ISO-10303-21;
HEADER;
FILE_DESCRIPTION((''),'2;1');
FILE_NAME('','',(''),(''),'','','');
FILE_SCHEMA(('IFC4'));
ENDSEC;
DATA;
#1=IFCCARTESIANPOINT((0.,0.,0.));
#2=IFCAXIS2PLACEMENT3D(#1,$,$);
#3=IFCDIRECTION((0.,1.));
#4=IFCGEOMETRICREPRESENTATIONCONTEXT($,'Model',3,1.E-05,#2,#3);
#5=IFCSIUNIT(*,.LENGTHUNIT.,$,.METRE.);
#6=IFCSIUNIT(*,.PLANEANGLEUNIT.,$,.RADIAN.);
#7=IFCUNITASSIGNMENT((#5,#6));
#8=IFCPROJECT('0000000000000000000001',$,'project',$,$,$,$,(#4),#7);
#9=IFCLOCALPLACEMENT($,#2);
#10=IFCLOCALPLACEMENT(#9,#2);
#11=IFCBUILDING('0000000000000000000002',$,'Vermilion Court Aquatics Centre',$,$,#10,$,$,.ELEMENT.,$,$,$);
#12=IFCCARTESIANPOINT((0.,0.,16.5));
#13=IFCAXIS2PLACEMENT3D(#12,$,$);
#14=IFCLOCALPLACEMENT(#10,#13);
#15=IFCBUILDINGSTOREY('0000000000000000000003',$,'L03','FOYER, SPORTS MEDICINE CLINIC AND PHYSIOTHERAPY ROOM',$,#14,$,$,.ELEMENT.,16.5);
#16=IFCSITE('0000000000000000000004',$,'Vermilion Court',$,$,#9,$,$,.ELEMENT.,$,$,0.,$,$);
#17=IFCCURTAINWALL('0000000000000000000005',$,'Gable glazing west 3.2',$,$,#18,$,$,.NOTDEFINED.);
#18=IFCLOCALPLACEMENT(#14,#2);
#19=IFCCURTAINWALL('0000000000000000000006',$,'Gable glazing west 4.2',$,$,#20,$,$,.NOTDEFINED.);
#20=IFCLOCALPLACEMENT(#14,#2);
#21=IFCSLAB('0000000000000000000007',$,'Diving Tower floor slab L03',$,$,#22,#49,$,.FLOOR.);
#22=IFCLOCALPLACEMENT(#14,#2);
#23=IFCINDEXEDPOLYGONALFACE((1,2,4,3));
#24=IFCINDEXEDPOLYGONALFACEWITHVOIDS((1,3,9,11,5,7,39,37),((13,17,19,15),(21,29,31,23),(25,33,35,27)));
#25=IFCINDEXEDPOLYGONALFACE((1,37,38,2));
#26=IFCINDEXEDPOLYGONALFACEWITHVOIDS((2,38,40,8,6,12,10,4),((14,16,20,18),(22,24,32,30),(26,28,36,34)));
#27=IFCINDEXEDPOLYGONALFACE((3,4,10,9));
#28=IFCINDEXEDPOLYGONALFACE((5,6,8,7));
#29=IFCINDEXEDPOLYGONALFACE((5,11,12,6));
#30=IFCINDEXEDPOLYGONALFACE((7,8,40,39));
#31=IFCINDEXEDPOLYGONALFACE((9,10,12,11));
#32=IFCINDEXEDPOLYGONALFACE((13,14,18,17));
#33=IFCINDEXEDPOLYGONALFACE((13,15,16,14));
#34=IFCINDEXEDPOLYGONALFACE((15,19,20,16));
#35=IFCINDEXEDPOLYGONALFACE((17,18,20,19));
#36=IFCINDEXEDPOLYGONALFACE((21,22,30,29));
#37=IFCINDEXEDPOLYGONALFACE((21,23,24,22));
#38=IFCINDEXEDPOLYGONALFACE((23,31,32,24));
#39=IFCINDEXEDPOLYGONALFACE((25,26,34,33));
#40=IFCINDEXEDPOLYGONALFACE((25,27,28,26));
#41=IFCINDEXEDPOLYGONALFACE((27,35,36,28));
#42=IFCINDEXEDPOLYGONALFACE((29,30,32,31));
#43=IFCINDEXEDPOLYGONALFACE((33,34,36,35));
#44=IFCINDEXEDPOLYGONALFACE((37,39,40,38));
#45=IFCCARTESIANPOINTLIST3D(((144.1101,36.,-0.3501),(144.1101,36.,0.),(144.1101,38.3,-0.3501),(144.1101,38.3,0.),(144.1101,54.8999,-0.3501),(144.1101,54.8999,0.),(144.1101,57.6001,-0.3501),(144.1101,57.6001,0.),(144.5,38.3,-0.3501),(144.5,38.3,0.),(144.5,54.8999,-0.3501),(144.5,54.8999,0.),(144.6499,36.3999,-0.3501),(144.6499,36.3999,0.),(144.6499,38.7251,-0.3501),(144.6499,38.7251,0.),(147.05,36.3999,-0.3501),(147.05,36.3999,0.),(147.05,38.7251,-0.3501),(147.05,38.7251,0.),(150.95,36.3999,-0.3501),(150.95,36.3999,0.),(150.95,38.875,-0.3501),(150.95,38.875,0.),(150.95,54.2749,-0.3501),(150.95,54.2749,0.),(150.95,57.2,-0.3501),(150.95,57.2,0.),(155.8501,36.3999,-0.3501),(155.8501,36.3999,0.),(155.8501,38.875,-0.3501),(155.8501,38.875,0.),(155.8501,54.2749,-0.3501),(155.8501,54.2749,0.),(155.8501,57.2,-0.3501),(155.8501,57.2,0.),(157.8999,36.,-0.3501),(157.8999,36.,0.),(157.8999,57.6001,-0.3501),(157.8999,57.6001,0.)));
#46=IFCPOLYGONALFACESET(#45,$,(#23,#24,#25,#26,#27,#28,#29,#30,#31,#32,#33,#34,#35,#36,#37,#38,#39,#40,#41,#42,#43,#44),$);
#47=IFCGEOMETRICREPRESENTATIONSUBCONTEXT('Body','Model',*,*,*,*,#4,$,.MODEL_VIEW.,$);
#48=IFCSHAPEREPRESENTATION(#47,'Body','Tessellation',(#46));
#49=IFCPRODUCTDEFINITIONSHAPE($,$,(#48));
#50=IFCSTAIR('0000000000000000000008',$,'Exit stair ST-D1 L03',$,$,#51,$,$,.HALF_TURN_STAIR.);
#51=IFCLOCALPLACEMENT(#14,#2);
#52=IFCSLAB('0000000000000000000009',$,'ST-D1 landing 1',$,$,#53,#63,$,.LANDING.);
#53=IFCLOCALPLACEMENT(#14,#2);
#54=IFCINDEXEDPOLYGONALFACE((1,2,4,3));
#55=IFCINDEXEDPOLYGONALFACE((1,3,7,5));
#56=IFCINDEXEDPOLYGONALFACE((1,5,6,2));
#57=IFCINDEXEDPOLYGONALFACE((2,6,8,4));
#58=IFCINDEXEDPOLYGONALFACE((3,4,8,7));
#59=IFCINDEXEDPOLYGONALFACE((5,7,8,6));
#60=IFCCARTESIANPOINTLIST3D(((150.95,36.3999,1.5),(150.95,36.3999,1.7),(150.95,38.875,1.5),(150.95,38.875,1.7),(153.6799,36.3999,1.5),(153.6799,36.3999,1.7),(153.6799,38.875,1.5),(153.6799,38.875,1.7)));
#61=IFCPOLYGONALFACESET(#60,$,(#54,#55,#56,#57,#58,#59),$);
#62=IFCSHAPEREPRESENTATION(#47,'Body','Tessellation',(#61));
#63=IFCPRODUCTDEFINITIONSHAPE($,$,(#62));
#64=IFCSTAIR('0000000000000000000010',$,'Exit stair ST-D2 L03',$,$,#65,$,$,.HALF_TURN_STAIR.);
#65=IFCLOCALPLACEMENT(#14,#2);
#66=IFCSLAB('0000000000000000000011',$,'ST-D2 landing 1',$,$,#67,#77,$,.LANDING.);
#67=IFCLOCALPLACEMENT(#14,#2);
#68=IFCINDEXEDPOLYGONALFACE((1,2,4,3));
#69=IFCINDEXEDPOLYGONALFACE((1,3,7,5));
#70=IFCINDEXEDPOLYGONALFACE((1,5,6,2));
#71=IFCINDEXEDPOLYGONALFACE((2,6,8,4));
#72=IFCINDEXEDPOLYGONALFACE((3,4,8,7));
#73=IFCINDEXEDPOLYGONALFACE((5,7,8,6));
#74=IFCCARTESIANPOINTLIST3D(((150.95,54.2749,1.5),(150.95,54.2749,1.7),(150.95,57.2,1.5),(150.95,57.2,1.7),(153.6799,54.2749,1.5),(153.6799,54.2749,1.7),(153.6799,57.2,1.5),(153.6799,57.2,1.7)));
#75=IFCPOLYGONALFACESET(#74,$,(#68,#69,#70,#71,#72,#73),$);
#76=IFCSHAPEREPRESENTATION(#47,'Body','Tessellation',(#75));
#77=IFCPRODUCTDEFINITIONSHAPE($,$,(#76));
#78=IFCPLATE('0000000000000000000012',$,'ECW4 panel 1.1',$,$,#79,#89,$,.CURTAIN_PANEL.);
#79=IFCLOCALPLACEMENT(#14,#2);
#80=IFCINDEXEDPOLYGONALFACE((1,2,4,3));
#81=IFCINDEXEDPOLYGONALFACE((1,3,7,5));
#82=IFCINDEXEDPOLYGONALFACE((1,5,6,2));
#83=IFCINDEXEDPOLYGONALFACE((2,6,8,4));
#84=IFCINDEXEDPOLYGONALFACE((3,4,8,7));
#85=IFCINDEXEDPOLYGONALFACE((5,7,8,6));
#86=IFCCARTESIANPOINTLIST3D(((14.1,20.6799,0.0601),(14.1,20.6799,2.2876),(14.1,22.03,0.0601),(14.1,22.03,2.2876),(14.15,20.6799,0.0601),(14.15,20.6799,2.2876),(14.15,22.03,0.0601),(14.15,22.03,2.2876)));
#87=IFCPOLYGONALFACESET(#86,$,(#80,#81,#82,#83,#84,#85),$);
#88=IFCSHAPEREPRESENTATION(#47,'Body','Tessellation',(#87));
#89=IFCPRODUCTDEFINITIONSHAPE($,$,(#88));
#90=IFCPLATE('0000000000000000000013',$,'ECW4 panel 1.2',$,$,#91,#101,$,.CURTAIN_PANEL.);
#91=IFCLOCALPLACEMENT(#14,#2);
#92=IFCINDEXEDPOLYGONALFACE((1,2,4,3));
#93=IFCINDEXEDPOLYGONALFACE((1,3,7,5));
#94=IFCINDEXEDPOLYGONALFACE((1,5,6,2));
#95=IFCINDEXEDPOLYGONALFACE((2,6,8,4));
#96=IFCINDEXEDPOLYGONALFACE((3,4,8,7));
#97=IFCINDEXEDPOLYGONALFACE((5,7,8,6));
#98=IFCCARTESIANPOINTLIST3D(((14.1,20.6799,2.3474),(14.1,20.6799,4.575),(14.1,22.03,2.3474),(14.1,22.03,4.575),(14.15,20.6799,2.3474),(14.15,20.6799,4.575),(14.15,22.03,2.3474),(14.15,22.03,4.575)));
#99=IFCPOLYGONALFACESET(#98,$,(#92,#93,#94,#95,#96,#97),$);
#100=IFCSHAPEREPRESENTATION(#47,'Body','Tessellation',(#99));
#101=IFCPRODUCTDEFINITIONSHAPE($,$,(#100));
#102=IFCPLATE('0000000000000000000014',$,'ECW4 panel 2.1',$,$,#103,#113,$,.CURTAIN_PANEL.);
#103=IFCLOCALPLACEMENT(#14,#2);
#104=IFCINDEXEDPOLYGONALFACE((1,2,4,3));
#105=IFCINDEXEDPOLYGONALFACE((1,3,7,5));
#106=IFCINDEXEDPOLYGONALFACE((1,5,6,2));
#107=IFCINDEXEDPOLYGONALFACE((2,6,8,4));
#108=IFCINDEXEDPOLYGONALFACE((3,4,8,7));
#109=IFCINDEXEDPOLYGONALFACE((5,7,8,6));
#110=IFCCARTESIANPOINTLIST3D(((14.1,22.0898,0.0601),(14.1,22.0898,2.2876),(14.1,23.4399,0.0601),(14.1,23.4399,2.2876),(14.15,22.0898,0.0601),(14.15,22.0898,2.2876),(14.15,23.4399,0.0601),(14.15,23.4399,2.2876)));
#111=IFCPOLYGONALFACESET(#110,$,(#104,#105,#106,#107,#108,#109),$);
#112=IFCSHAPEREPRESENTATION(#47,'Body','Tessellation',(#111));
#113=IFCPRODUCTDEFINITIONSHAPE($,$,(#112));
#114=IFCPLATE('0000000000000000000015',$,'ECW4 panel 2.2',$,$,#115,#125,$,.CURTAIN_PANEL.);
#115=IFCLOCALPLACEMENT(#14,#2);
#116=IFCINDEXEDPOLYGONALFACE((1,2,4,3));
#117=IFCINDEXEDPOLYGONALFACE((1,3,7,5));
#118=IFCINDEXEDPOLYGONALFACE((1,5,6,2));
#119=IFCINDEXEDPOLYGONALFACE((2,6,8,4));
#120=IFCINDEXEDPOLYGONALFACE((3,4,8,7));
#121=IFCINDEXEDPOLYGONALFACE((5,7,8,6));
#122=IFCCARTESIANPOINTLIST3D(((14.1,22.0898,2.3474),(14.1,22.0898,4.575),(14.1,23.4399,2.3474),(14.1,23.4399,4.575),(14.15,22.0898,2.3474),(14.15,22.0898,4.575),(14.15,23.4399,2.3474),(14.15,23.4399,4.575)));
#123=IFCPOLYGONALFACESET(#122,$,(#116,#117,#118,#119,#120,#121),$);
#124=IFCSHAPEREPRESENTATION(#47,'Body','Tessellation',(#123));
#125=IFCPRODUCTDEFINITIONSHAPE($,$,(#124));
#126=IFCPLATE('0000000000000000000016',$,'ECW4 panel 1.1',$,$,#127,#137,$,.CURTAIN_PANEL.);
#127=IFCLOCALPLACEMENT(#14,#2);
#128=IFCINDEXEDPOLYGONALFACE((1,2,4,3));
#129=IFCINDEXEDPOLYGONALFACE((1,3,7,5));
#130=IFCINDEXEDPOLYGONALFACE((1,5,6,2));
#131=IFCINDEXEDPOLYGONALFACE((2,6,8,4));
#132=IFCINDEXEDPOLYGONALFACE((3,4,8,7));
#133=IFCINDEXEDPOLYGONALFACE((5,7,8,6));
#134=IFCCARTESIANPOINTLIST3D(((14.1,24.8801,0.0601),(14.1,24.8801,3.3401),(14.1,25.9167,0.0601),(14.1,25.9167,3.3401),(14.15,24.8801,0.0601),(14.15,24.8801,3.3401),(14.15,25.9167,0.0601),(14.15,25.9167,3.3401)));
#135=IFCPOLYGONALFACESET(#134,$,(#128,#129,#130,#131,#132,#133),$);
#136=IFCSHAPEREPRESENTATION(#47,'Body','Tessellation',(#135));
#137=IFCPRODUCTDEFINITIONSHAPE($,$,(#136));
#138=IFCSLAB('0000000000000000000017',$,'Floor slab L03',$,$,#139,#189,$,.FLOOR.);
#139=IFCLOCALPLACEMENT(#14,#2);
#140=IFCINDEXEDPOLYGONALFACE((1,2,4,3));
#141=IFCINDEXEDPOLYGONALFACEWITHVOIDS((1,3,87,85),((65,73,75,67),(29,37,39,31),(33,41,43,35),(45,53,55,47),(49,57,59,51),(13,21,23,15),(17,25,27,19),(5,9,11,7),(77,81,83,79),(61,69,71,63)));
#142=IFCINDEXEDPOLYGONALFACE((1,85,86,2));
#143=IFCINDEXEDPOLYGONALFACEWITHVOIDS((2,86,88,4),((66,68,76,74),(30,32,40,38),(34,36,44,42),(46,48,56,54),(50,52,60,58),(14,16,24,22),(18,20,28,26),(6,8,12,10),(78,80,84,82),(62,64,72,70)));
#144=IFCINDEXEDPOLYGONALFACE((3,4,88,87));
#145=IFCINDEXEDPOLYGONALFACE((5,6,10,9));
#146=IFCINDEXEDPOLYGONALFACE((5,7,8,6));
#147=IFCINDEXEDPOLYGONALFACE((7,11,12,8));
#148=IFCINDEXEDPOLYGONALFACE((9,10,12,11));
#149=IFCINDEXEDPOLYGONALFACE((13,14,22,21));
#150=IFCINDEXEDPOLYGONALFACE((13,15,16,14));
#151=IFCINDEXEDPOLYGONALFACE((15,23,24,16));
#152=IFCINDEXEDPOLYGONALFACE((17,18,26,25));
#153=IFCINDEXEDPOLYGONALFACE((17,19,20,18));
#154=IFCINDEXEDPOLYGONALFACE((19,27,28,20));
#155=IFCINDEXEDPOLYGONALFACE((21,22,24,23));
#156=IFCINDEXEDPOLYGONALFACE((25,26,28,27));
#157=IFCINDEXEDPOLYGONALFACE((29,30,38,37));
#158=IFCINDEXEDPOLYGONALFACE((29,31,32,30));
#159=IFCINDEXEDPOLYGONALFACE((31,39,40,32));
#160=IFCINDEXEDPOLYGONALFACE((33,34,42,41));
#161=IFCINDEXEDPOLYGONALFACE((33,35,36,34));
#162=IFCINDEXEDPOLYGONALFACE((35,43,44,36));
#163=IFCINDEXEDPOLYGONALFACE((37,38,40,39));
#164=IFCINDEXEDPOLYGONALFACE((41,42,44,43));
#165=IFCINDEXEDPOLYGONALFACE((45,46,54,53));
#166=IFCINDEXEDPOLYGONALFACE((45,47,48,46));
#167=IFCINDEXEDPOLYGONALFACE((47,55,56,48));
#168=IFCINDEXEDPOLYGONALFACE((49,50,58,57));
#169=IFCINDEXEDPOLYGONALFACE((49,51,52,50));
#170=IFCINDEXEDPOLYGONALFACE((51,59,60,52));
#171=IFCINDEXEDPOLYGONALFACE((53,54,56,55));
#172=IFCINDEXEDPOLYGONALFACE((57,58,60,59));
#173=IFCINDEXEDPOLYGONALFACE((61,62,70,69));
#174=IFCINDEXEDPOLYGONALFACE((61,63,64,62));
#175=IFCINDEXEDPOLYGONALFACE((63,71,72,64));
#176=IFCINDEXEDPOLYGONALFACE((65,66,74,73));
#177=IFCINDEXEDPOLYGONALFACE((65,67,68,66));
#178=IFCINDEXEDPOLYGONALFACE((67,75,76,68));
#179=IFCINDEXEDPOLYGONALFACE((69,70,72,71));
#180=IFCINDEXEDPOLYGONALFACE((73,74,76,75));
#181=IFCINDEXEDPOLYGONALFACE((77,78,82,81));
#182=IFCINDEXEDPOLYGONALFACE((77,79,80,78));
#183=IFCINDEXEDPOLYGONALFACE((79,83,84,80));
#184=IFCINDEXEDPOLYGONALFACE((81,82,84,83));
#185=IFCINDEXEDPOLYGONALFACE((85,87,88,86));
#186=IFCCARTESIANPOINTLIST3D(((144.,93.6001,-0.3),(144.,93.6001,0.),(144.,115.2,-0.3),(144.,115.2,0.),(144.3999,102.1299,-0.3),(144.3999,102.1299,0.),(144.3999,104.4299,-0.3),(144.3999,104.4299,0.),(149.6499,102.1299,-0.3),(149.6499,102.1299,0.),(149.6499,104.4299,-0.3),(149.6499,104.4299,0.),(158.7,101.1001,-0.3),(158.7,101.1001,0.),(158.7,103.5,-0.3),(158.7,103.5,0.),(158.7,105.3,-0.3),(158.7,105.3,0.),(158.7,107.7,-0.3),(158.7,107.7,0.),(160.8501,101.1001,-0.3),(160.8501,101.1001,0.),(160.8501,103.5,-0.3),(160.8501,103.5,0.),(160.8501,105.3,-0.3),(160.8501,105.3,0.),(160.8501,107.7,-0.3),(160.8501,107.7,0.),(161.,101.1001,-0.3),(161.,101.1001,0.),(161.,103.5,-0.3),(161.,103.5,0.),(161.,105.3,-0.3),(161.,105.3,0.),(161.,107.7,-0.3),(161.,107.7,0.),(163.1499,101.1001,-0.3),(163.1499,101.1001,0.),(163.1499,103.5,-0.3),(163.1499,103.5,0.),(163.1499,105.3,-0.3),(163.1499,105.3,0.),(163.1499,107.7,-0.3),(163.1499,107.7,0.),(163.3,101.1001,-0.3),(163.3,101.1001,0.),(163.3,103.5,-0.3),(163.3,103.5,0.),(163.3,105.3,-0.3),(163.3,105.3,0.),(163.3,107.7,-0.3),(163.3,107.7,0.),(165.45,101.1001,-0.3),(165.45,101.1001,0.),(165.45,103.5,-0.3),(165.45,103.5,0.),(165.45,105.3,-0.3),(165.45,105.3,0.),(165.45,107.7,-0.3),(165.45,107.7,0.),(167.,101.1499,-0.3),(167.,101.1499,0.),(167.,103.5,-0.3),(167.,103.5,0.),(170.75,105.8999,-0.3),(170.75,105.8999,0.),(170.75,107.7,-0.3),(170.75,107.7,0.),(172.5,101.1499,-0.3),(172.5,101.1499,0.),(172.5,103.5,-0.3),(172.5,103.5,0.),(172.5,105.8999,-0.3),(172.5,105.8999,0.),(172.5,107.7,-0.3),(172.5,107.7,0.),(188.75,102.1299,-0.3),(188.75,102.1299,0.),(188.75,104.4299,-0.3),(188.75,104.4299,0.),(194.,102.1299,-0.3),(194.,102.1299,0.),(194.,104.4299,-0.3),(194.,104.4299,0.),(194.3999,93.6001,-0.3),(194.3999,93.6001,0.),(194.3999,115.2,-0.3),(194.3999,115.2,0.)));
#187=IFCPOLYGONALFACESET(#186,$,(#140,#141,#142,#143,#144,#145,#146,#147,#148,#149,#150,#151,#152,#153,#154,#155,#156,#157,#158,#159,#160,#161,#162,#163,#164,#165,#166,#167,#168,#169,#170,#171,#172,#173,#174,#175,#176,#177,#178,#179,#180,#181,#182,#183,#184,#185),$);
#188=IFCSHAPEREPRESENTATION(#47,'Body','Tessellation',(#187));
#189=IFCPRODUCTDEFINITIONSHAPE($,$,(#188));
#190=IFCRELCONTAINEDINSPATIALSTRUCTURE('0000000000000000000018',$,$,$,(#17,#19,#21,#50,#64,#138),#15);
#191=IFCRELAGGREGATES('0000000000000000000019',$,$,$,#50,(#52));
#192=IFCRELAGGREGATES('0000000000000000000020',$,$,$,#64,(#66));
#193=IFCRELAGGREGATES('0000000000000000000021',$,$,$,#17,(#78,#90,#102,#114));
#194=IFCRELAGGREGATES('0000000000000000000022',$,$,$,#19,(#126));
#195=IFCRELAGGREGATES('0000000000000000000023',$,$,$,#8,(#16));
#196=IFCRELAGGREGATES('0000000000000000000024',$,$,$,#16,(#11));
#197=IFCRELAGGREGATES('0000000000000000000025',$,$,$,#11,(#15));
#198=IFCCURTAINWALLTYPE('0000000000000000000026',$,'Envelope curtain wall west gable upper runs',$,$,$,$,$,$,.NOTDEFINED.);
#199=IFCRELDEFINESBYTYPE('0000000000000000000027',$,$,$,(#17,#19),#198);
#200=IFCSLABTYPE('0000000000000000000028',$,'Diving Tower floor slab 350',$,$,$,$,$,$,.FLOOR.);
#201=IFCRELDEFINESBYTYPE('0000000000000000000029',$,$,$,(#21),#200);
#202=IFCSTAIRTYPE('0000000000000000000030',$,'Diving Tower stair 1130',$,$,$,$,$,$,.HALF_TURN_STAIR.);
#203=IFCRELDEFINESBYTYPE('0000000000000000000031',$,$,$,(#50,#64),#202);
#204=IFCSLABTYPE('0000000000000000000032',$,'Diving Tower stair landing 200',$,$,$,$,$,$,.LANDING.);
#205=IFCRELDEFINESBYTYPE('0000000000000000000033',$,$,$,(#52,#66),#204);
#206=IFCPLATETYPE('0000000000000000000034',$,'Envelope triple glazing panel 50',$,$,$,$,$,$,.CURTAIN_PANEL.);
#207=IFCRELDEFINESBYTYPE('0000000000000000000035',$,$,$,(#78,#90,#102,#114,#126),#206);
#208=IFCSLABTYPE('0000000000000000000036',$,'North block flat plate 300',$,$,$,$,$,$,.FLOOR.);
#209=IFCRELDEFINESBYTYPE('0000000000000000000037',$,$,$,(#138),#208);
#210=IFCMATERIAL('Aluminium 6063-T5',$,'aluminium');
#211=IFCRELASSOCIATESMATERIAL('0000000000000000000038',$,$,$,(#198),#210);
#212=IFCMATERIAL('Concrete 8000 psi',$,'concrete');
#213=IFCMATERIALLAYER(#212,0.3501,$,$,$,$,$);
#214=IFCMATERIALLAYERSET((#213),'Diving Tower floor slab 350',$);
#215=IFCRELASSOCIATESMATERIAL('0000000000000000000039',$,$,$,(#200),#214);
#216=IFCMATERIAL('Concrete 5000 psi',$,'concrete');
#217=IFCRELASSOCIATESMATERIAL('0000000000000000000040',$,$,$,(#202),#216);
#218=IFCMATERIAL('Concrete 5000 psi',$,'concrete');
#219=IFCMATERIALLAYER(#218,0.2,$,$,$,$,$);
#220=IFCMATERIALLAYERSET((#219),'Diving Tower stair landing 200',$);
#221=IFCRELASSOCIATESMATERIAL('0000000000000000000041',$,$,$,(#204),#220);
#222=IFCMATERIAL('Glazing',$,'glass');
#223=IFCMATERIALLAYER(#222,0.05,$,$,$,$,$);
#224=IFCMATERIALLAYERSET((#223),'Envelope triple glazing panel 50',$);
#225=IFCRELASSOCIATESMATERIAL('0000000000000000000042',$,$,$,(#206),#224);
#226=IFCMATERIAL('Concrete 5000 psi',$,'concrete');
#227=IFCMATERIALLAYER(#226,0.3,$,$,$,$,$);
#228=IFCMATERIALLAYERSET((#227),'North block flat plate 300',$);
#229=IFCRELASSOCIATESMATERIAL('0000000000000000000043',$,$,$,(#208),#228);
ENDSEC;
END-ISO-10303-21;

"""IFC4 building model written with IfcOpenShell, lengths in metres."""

from ifc_helpers import new_model, si_unit, direction, frame, origin, origin_2d, place, context, subcontext, project, spatial, polyline, rectangle, outline, extrude, material, layer, layer_set, type_object, element, aggregate, save


model = new_model("IFC4")

# Units and contexts
model_context = context("Model", 3, precision=1e-05, world=origin(), true_north=direction((0.0, 1.0)))
body_context = subcontext(model_context, "Body", "Model", "MODEL_VIEW")
ifc_project = project(units=[si_unit("LENGTHUNIT", "METRE"), si_unit("PLANEANGLEUNIT", "RADIAN")], contexts=[model_context])

# Site, building, storey
site_placement = place(None, origin())
site = spatial("IfcSite", under=ifc_project, at=site_placement, Name="Vermilion Court", CompositionType="ELEMENT", RefElevation=0.0)
building_placement = place(site_placement, origin())
building = spatial("IfcBuilding", under=site, at=building_placement, Name="Vermilion Court Aquatics Centre", CompositionType="ELEMENT")
storey_placement = place(building_placement, frame((0.0, 0.0, 16.5)))
storey = spatial("IfcBuildingStorey", under=building, at=storey_placement, Name="L03", Description="FOYER, SPORTS MEDICINE CLINIC AND PHYSIOTHERAPY ROOM", CompositionType="ELEMENT", Elevation=16.5)

# Curtain walls
ifc_material_1 = material(Name="Aluminium 6063-T5", Category="aluminium")
curtain_wall_type = type_object("IfcCurtainWallType", Name="Envelope curtain wall west gable upper runs", PredefinedType="NOTDEFINED", material=ifc_material_1)
curtain_wall_1_placement = place(storey_placement, origin())
curtain_wall_1 = element("IfcCurtainWall", 1, at=curtain_wall_1_placement, inside=storey, type_object=curtain_wall_type, Name="Gable glazing west 3.2", PredefinedType="NOTDEFINED")
curtain_wall_2_placement = place(storey_placement, origin())
curtain_wall_2 = element("IfcCurtainWall", 2, at=curtain_wall_2_placement, inside=storey, type_object=curtain_wall_type, Name="Gable glazing west 4.2", PredefinedType="NOTDEFINED")

# Slab
ifc_material_2 = material(Name="Concrete 8000 psi", Category="concrete")
ifc_layer_1 = layer(ifc_material_2, 0.3501)
ifc_layer_set_1 = layer_set([ifc_layer_1], Name="Diving Tower floor slab 350")
slab_type_1 = type_object("IfcSlabType", Name="Diving Tower floor slab 350", PredefinedType="FLOOR", material=ifc_layer_set_1)
slab_1_placement = place(storey_placement, frame((0.0, 0.0, -0.3501)))
element("IfcSlab", 3, at=slab_1_placement, inside=storey, type_object=slab_type_1, Name="Diving Tower floor slab L03", PredefinedType="FLOOR", context=body_context, shape_type="SweptSolid", body=[
    extrude(outline(polyline([(144.1101, 36.0), (157.8999, 36.0), (157.8999, 57.6001), (144.1101, 57.6001), (144.1101, 54.8999), (144.5, 54.8999), (144.5, 38.3), (144.1101, 38.3), (144.1101, 36.0)]), holes=[polyline([(144.6499, 36.3999), (147.05, 36.3999), (147.05, 38.7251), (144.6499, 38.7251), (144.6499, 36.3999)]), polyline([(150.95, 36.3999), (155.8501, 36.3999), (155.8501, 38.875), (150.95, 38.875), (150.95, 36.3999)]), polyline([(150.95, 54.2749), (155.8501, 54.2749), (155.8501, 57.2), (150.95, 57.2), (150.95, 54.2749)])]), origin(), (0.0, 0.0, 1.0), 0.3501),
])

# Stairs, slabs
ifc_material_3 = material(Name="Concrete 5000 psi", Category="concrete")
stair_type_1 = type_object("IfcStairType", Name="Diving Tower stair 1130", PredefinedType="HALF_TURN_STAIR", material=ifc_material_3)
stair_1_placement = place(storey_placement, origin())
stair_1 = element("IfcStair", 4, at=stair_1_placement, inside=storey, type_object=stair_type_1, Name="Exit stair ST-D1 L03", PredefinedType="HALF_TURN_STAIR")
ifc_material_4 = material(Name="Concrete 5000 psi", Category="concrete")
ifc_layer_2 = layer(ifc_material_4, 0.2)
ifc_layer_set_2 = layer_set([ifc_layer_2], Name="Diving Tower stair landing 200")
slab_type_2 = type_object("IfcSlabType", Name="Diving Tower stair landing 200", PredefinedType="LANDING", material=ifc_layer_set_2)
slab_2_placement = place(storey_placement, frame((0.0, 0.0, 1.5)))
slab_2 = element("IfcSlab", 5, at=slab_2_placement, type_object=slab_type_2, Name="ST-D1 landing 1", PredefinedType="LANDING", context=body_context, shape_type="SweptSolid", body=[
    extrude(outline(polyline([(150.95, 36.3999), (153.6799, 36.3999), (153.6799, 38.875), (150.95, 38.875), (150.95, 36.3999)])), origin(), (0.0, 0.0, 1.0), 0.2),
])
aggregate(stair_1, [slab_2])
stair_2_placement = place(storey_placement, origin())
stair_2 = element("IfcStair", 6, at=stair_2_placement, inside=storey, type_object=stair_type_1, Name="Exit stair ST-D2 L03", PredefinedType="HALF_TURN_STAIR")
slab_3_placement = place(storey_placement, frame((0.0, 0.0, 1.5)))
slab_3 = element("IfcSlab", 7, at=slab_3_placement, type_object=slab_type_2, Name="ST-D2 landing 1", PredefinedType="LANDING", context=body_context, shape_type="SweptSolid", body=[
    extrude(outline(polyline([(150.95, 54.2749), (153.6799, 54.2749), (153.6799, 57.2), (150.95, 57.2), (150.95, 54.2749)])), origin(), (0.0, 0.0, 1.0), 0.2),
])
aggregate(stair_2, [slab_3])

# Plates
ifc_material_5 = material(Name="Glazing", Category="glass")
ifc_layer_3 = layer(ifc_material_5, 0.05)
ifc_layer_set_3 = layer_set([ifc_layer_3], Name="Envelope triple glazing panel 50")
plate_type = type_object("IfcPlateType", Name="Envelope triple glazing panel 50", PredefinedType="CURTAIN_PANEL", material=ifc_layer_set_3)
plate_1_placement = place(storey_placement, frame((14.125, 21.355, 0.0601), z_axis=(0.0, 0.0, 1.0), x_axis=(0.0, 1.0, 0.0)))
plate_1 = element("IfcPlate", 8, at=plate_1_placement, type_object=plate_type, Name="ECW4 panel 1.1", PredefinedType="CURTAIN_PANEL", context=body_context, shape_type="SweptSolid", body=[
    extrude(rectangle(XDim=1.3501, YDim=0.05, at=origin_2d()), origin(), (0.0, 0.0, 1.0), 2.2275),
])
plate_2_placement = place(storey_placement, frame((14.125, 21.355, 2.3474), z_axis=(0.0, 0.0, 1.0), x_axis=(0.0, 1.0, 0.0)))
plate_2 = element("IfcPlate", 9, at=plate_2_placement, type_object=plate_type, Name="ECW4 panel 1.2", PredefinedType="CURTAIN_PANEL", context=body_context, shape_type="SweptSolid", body=[
    extrude(rectangle(XDim=1.3501, YDim=0.05, at=origin_2d()), origin(), (0.0, 0.0, 1.0), 2.2275),
])
plate_3_placement = place(storey_placement, frame((14.125, 22.7649, 0.0601), z_axis=(0.0, 0.0, 1.0), x_axis=(0.0, 1.0, 0.0)))
plate_3 = element("IfcPlate", 10, at=plate_3_placement, type_object=plate_type, Name="ECW4 panel 2.1", PredefinedType="CURTAIN_PANEL", context=body_context, shape_type="SweptSolid", body=[
    extrude(rectangle(XDim=1.3501, YDim=0.05, at=origin_2d()), origin(), (0.0, 0.0, 1.0), 2.2275),
])
plate_4_placement = place(storey_placement, frame((14.125, 22.7649, 2.3474), z_axis=(0.0, 0.0, 1.0), x_axis=(0.0, 1.0, 0.0)))
plate_4 = element("IfcPlate", 11, at=plate_4_placement, type_object=plate_type, Name="ECW4 panel 2.2", PredefinedType="CURTAIN_PANEL", context=body_context, shape_type="SweptSolid", body=[
    extrude(rectangle(XDim=1.3501, YDim=0.05, at=origin_2d()), origin(), (0.0, 0.0, 1.0), 2.2275),
])
aggregate(curtain_wall_1, [plate_1, plate_2, plate_3, plate_4])
plate_5_placement = place(storey_placement, frame((14.125, 25.3984, 0.0601), z_axis=(0.0, 0.0, 1.0), x_axis=(0.0, 1.0, 0.0)))
plate_5 = element("IfcPlate", 12, at=plate_5_placement, type_object=plate_type, Name="ECW4 panel 1.1", PredefinedType="CURTAIN_PANEL", context=body_context, shape_type="SweptSolid", body=[
    extrude(rectangle(XDim=1.0366, YDim=0.05, at=origin_2d()), origin(), (0.0, 0.0, 1.0), 3.28),
])
aggregate(curtain_wall_2, [plate_5])

# Slab
ifc_material_6 = material(Name="Concrete 5000 psi", Category="concrete")
ifc_layer_4 = layer(ifc_material_6, 0.3)
ifc_layer_set_4 = layer_set([ifc_layer_4], Name="North block flat plate 300")
slab_type_3 = type_object("IfcSlabType", Name="North block flat plate 300", PredefinedType="FLOOR", material=ifc_layer_set_4)
slab_4_placement = place(storey_placement, frame((0.0, 0.0, -0.3)))
element("IfcSlab", 13, at=slab_4_placement, inside=storey, type_object=slab_type_3, Name="Floor slab L03", PredefinedType="FLOOR", context=body_context, shape_type="SweptSolid", body=[
    extrude(outline(polyline([(144.0, 93.6001), (194.3999, 93.6001), (194.3999, 115.2), (144.0, 115.2), (144.0, 93.6001)]), holes=[polyline([(158.7, 101.1001), (160.8501, 101.1001), (160.8501, 103.5), (158.7, 103.5), (158.7, 101.1001)]), polyline([(158.7, 105.3), (160.8501, 105.3), (160.8501, 107.7), (158.7, 107.7), (158.7, 105.3)]), polyline([(161.0, 101.1001), (163.1499, 101.1001), (163.1499, 103.5), (161.0, 103.5), (161.0, 101.1001)]), polyline([(161.0, 105.3), (163.1499, 105.3), (163.1499, 107.7), (161.0, 107.7), (161.0, 105.3)]), polyline([(163.3, 101.1001), (165.45, 101.1001), (165.45, 103.5), (163.3, 103.5), (163.3, 101.1001)]), polyline([(163.3, 105.3), (165.45, 105.3), (165.45, 107.7), (163.3, 107.7), (163.3, 105.3)]), polyline([(167.0, 101.1499), (172.5, 101.1499), (172.5, 103.5), (167.0, 103.5), (167.0, 101.1499)]), polyline([(170.75, 105.8999), (172.5, 105.8999), (172.5, 107.7), (170.75, 107.7), (170.75, 105.8999)]), polyline([(144.3999, 102.1299), (149.6499, 102.1299), (149.6499, 104.4299), (144.3999, 104.4299), (144.3999, 102.1299)]), polyline([(188.75, 102.1299), (194.0, 102.1299), (194.0, 104.4299), (188.75, 104.4299), (188.75, 102.1299)])]), origin(), (0.0, 0.0, 1.0), 0.3),
])

save(model, "model.ifc")
